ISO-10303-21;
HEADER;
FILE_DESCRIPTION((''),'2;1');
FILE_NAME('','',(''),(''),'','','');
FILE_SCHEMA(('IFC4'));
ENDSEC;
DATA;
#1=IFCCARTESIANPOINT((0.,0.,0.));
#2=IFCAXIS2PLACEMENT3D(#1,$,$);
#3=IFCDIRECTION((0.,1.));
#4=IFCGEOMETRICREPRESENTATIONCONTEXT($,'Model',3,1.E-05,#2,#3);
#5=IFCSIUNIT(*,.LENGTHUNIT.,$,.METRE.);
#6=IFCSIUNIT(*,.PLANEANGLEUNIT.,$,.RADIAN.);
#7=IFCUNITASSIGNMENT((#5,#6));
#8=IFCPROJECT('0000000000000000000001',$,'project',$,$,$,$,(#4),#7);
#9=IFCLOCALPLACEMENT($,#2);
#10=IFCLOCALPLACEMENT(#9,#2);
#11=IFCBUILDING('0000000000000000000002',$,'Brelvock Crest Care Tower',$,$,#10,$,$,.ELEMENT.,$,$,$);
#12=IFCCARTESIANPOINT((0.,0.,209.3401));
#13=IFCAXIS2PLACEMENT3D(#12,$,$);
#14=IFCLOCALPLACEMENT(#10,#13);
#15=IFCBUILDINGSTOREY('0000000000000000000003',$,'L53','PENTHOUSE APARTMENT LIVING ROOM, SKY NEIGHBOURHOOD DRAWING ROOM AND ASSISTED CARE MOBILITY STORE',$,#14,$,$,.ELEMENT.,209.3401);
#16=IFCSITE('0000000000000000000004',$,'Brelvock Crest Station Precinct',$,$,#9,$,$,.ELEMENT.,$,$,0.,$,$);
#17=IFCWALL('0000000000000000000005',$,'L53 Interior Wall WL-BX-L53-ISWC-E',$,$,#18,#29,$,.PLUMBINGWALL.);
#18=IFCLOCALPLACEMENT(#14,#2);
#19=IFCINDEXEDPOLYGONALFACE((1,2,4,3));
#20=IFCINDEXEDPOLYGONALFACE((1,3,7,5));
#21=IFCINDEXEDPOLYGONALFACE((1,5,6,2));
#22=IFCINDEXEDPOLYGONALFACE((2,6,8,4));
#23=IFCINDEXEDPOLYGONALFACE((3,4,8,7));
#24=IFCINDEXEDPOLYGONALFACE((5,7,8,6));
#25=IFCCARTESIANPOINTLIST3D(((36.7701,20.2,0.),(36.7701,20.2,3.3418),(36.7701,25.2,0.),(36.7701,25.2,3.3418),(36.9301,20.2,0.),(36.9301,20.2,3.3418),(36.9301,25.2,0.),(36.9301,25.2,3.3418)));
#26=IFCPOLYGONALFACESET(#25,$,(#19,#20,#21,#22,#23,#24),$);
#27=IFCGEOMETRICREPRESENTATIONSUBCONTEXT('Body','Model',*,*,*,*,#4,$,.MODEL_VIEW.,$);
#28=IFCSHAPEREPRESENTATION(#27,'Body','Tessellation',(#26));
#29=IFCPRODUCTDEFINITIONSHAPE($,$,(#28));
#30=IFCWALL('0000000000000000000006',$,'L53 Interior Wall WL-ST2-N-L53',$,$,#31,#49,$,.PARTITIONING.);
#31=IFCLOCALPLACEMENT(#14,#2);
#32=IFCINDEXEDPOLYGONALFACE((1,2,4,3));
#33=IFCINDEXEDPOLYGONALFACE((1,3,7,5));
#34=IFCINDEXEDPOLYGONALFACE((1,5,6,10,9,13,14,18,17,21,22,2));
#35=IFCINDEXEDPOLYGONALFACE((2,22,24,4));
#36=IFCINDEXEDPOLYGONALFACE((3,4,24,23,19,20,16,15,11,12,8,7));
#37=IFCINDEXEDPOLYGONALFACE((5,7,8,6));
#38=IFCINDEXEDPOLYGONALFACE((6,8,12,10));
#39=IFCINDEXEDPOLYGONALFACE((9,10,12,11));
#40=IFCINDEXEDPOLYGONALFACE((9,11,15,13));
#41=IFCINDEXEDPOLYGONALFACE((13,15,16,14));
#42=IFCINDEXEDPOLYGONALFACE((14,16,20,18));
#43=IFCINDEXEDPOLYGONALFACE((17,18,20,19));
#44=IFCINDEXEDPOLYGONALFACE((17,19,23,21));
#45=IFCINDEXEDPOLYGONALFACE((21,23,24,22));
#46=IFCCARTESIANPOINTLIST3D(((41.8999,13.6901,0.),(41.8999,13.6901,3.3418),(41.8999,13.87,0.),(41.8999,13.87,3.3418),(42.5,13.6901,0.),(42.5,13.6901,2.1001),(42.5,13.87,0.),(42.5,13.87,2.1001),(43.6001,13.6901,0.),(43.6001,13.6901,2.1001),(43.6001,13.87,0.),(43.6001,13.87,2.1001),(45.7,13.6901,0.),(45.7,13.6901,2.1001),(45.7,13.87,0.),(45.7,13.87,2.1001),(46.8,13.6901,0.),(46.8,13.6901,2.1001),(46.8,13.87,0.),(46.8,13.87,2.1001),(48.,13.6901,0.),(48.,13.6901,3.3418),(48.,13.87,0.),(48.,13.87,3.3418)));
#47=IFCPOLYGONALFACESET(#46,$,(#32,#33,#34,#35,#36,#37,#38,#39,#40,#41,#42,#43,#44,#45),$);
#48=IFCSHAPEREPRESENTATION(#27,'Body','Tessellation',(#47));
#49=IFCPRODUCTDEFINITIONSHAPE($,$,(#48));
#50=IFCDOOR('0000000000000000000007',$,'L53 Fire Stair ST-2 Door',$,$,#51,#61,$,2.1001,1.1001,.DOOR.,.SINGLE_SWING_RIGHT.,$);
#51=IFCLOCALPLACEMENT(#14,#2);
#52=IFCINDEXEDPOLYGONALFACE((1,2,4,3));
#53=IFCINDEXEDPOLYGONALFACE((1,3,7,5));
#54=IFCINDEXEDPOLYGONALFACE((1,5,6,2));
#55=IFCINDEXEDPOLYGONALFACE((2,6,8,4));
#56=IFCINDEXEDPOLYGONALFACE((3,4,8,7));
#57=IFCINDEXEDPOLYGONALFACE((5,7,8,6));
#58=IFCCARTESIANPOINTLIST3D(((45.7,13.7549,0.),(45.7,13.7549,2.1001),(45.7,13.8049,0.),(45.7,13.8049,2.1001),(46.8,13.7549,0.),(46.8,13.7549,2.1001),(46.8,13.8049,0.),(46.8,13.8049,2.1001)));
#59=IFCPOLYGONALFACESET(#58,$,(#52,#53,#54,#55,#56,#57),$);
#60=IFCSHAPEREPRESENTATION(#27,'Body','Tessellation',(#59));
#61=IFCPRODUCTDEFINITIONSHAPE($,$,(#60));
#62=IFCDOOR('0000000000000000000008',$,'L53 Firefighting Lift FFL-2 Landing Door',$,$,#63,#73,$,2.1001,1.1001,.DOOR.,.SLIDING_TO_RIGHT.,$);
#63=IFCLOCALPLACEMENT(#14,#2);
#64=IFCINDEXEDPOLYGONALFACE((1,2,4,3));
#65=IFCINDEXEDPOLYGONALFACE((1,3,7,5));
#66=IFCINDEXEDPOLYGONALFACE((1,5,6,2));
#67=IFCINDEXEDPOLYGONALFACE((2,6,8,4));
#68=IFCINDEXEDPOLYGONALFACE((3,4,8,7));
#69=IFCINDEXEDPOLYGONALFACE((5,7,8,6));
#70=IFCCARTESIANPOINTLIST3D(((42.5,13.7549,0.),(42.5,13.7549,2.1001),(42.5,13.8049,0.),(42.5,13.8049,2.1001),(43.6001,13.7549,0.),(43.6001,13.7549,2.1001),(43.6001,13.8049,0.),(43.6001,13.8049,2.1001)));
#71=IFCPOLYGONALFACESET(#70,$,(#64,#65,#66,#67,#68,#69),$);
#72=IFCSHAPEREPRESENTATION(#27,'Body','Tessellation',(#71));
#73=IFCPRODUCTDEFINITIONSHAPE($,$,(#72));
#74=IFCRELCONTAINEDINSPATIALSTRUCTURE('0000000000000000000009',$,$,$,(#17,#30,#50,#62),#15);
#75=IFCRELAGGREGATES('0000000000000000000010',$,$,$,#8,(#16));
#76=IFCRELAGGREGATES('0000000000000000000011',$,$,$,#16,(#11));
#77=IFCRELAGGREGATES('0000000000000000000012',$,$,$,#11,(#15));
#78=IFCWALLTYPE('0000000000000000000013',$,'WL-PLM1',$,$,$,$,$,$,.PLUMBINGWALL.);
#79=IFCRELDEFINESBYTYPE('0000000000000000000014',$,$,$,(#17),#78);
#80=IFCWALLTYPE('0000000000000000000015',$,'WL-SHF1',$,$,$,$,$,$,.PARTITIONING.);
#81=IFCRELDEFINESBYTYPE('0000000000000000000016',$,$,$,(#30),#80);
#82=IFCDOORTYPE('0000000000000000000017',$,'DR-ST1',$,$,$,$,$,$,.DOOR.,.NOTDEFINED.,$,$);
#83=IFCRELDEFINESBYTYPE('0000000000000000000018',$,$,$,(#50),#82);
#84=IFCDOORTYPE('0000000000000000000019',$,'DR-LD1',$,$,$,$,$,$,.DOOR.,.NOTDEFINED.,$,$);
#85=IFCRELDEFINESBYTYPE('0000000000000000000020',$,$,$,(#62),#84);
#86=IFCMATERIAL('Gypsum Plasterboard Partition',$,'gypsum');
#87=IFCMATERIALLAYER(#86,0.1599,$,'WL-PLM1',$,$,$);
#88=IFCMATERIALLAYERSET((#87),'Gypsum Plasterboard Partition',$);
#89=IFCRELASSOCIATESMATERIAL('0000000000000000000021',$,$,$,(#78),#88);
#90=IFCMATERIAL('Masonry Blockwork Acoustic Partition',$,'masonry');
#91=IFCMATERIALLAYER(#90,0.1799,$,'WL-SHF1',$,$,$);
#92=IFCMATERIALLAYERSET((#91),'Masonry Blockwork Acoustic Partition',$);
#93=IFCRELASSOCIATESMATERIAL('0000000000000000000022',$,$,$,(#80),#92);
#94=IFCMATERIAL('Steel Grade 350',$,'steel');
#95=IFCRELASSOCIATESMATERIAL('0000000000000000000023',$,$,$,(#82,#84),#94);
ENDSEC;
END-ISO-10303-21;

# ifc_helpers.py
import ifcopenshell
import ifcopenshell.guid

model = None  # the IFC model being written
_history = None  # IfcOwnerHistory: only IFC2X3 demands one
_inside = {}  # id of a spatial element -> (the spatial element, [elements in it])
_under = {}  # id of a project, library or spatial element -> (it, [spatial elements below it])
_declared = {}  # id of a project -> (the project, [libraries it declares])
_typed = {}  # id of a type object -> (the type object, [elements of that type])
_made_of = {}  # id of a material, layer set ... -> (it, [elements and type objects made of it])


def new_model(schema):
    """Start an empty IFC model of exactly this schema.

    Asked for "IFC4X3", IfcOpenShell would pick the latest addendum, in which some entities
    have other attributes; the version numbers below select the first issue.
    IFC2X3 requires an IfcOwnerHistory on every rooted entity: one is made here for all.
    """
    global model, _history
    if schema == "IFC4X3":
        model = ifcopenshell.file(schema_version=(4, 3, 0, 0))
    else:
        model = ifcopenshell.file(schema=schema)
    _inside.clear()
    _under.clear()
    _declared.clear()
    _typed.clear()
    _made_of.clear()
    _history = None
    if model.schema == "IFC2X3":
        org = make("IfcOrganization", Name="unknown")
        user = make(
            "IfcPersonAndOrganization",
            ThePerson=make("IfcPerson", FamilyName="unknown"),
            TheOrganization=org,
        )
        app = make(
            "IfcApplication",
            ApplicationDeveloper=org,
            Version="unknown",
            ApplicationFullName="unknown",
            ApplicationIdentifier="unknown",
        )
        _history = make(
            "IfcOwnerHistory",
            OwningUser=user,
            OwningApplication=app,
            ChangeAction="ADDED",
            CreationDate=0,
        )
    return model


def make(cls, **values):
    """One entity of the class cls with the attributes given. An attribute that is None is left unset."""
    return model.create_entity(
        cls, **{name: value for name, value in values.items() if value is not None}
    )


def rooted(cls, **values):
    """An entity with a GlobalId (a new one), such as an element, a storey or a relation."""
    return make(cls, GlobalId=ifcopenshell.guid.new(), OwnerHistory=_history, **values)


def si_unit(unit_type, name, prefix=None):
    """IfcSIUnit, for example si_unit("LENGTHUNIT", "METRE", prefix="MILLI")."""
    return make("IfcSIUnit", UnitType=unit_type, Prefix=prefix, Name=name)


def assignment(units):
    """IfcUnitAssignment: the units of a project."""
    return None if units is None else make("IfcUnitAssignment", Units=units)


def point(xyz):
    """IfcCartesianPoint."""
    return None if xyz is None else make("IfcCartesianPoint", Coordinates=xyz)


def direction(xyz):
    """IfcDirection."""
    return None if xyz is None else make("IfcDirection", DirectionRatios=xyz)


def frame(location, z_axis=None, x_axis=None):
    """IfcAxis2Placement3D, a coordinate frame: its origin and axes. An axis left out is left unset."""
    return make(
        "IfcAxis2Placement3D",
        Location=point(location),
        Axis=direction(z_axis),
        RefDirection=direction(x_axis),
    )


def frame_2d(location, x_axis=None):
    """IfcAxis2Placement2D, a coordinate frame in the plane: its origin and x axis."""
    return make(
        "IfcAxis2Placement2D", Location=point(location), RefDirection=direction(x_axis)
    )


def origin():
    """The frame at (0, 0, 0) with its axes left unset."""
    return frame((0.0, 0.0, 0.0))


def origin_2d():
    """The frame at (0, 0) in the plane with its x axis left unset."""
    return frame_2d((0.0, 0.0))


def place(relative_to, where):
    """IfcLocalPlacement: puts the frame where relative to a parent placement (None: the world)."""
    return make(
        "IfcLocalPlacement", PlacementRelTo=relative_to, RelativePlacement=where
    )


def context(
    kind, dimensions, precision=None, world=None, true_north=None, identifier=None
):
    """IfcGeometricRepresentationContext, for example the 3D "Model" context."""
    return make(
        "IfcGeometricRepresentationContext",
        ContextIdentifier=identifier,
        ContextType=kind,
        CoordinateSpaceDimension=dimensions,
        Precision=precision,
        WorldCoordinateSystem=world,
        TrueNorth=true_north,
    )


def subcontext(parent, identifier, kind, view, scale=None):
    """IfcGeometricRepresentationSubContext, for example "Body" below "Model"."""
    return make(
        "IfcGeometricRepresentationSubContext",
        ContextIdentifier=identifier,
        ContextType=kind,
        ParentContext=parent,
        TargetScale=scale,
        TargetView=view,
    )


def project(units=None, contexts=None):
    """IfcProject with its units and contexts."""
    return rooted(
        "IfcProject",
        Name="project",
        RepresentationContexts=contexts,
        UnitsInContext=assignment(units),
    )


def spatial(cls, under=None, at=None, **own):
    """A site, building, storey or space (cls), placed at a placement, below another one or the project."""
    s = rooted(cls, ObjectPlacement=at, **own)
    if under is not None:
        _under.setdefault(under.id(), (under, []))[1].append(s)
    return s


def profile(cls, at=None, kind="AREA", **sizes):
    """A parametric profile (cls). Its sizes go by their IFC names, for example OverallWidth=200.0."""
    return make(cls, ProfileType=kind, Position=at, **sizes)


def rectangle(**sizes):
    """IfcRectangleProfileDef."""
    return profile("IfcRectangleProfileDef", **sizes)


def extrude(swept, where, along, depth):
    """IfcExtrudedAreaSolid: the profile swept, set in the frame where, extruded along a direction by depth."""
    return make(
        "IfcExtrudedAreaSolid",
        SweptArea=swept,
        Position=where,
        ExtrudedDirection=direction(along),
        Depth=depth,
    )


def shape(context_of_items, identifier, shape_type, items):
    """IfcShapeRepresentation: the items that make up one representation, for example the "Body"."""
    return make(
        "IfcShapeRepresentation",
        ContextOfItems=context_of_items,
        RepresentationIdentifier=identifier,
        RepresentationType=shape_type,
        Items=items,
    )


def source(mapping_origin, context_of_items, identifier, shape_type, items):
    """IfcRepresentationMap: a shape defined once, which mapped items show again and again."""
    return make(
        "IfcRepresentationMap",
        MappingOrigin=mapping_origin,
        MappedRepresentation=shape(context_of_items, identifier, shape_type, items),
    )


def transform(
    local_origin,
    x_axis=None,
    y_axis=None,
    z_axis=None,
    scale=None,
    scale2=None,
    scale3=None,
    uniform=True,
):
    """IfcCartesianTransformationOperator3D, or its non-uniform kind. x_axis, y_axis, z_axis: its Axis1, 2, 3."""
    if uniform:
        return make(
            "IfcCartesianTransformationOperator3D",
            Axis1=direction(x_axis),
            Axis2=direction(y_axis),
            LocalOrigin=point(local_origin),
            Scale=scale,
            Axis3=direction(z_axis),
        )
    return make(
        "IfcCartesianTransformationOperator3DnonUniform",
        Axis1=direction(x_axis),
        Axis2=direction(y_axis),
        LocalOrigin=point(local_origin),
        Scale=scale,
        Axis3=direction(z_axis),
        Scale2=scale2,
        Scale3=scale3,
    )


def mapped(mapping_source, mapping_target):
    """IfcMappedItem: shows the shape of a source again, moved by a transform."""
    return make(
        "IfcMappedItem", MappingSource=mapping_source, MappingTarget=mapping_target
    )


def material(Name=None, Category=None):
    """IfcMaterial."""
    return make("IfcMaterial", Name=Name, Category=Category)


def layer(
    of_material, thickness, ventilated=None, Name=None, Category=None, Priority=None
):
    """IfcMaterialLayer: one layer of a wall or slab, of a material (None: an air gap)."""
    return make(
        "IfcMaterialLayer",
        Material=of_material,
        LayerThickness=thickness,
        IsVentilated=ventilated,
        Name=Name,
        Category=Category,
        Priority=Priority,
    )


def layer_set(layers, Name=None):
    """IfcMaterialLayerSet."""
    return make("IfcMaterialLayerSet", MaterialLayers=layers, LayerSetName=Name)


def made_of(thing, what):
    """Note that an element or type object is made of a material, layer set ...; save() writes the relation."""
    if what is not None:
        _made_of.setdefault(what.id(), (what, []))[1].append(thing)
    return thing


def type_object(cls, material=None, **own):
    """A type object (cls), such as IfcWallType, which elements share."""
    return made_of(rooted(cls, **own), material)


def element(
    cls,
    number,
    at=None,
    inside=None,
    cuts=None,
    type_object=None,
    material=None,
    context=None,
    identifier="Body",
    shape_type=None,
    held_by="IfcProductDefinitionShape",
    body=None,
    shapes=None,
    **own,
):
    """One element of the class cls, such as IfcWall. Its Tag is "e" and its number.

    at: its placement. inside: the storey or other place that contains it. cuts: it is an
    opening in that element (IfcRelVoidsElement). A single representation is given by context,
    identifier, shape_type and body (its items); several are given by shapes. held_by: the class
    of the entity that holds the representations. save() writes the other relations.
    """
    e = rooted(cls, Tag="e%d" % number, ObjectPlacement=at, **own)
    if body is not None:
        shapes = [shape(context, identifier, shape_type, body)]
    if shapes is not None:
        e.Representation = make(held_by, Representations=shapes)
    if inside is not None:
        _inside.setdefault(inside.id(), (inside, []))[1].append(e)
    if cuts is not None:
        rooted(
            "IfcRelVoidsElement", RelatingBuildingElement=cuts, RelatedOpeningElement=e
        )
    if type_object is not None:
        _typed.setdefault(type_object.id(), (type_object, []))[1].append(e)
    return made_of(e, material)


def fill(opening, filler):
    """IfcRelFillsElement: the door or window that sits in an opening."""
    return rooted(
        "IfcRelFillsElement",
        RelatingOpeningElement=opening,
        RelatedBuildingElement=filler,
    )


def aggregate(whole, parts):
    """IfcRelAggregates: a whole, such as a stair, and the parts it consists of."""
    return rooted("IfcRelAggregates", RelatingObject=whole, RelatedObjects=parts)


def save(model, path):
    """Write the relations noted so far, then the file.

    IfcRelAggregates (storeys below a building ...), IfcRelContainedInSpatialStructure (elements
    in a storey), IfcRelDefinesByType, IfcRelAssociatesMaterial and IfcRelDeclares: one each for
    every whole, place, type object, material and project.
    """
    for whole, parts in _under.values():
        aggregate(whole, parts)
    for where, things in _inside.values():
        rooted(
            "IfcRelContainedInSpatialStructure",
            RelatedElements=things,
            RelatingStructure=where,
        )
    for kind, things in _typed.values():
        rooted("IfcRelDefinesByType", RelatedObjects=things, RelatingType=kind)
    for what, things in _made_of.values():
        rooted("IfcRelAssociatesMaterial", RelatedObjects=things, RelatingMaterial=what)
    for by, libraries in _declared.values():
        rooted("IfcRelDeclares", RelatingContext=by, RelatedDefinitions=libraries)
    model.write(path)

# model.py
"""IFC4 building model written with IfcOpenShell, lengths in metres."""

from ifc_helpers import new_model, si_unit, direction, frame, frame_2d, origin, origin_2d, place, context, subcontext, project, spatial, rectangle, extrude, source, transform, mapped, material, layer, layer_set, type_object, element, fill, save


model = new_model("IFC4")

# Units and contexts
model_context = context("Model", 3, precision=1e-05, world=origin(), true_north=direction((0.0, 1.0)))
body_context = subcontext(model_context, "Body", "Model", "MODEL_VIEW")
ifc_project = project(units=[si_unit("LENGTHUNIT", "METRE"), si_unit("PLANEANGLEUNIT", "RADIAN")], contexts=[model_context])

# Site, building, storey
site_placement = place(None, origin())
site = spatial("IfcSite", under=ifc_project, at=site_placement, Name="Brelvock Crest Station Precinct", CompositionType="ELEMENT", RefElevation=0.0)
building_placement = place(site_placement, origin())
building = spatial("IfcBuilding", under=site, at=building_placement, Name="Brelvock Crest Care Tower", CompositionType="ELEMENT")
storey_placement = place(building_placement, frame((0.0, 0.0, 209.3401)))
storey = spatial("IfcBuildingStorey", under=building, at=storey_placement, Name="L53", Description="PENTHOUSE APARTMENT LIVING ROOM, SKY NEIGHBOURHOOD DRAWING ROOM AND ASSISTED CARE MOBILITY STORE", CompositionType="ELEMENT", Elevation=209.3401)

# Shared definitions
ifc_material_1 = material(Name="Steel Grade 350", Category="steel")

# Shared definitions
ifc_material_2 = material(Name="Masonry Blockwork Acoustic Partition", Category="masonry")

# Shared definitions
ifc_material_3 = material(Name="Gypsum Plasterboard Partition", Category="gypsum")
ifc_layer_1 = layer(ifc_material_3, 0.1599, Name="WL-PLM1")
ifc_layer_set_1 = layer_set([ifc_layer_1], Name="Gypsum Plasterboard Partition")
wall_type_1 = type_object("IfcWallType", Name="WL-PLM1", PredefinedType="PLUMBINGWALL", material=ifc_layer_set_1)

# Wall
wall_1_placement = place(storey_placement, frame((36.8501, 20.2, 0.0), z_axis=(0.0, 0.0, 1.0), x_axis=(0.0, 1.0, 0.0)))
element("IfcWall", 1, at=wall_1_placement, inside=storey, type_object=wall_type_1, Name="L53 Interior Wall WL-BX-L53-ISWC-E", PredefinedType="PLUMBINGWALL", context=body_context, shape_type="SweptSolid", body=[
    extrude(rectangle(XDim=5.0, YDim=0.1599, at=frame_2d((2.5, 0.0))), origin(), (0.0, 0.0, 1.0), 3.3418),
])

# Wall, openings, doors
ifc_layer_2 = layer(ifc_material_2, 0.1799, Name="WL-SHF1")
ifc_layer_set_2 = layer_set([ifc_layer_2], Name="Masonry Blockwork Acoustic Partition")
wall_type_2 = type_object("IfcWallType", Name="WL-SHF1", PredefinedType="PARTITIONING", material=ifc_layer_set_2)
wall_2_placement = place(storey_placement, frame((41.8999, 13.78, 0.0), z_axis=(0.0, 0.0, 1.0), x_axis=(1.0, 0.0, 0.0)))
wall_2 = element("IfcWall", 2, at=wall_2_placement, inside=storey, type_object=wall_type_2, Name="L53 Interior Wall WL-ST2-N-L53", PredefinedType="PARTITIONING", context=body_context, shape_type="SweptSolid", body=[
    extrude(rectangle(XDim=6.1001, YDim=0.1799, at=frame_2d((3.05, 0.0))), origin(), (0.0, 0.0, 1.0), 3.3418),
])
opening_1_placement = place(wall_2_placement, frame((0.6001, 0.0, 0.0)))
opening_1 = element("IfcOpeningElement", 3, at=opening_1_placement, cuts=wall_2, PredefinedType="OPENING", context=body_context, shape_type="SweptSolid", body=[
    extrude(rectangle(XDim=1.1001, YDim=2.1001, at=origin_2d()), frame((0.55, 0.1001, 1.05), z_axis=(0.0, -1.0, 0.0), x_axis=(1.0, 0.0, 0.0)), (0.0, 0.0, 1.0), 0.2),
])
opening_2_placement = place(wall_2_placement, frame((3.8, 0.0, 0.0)))
opening_2 = element("IfcOpeningElement", 4, at=opening_2_placement, cuts=wall_2, PredefinedType="OPENING", context=body_context, shape_type="SweptSolid", body=[
    extrude(rectangle(XDim=1.1001, YDim=2.1001, at=origin_2d()), frame((0.55, 0.1001, 1.05), z_axis=(0.0, -1.0, 0.0), x_axis=(1.0, 0.0, 0.0)), (0.0, 0.0, 1.0), 0.2),
])
door_type_1 = type_object("IfcDoorType", Name="DR-ST1", OperationType="NOTDEFINED", PredefinedType="DOOR", material=ifc_material_1)
shared_shape_1 = source(origin(), body_context, "Body", "SweptSolid", [
    extrude(rectangle(XDim=1.1001, YDim=2.1001, at=origin_2d()), frame((0.55, 0.0249, 1.05), z_axis=(0.0, -1.0, 0.0), x_axis=(1.0, 0.0, 0.0)), (0.0, 0.0, 1.0), 0.05),
])
door_1_placement = place(opening_2_placement, origin())
door_1 = element("IfcDoor", 5, at=door_1_placement, inside=storey, type_object=door_type_1, Name="L53 Fire Stair ST-2 Door", OperationType="SINGLE_SWING_RIGHT", OverallHeight=2.1001, OverallWidth=1.1001, PredefinedType="DOOR", context=body_context, shape_type="MappedRepresentation", body=[
    mapped(shared_shape_1, transform((0.0, 0.0, 0.0), x_axis=(1.0, 0.0, 0.0), y_axis=(0.0, 1.0, 0.0), z_axis=(0.0, 0.0, 1.0), scale=1.0)),
])
fill(opening_2, door_1)
door_type_2 = type_object("IfcDoorType", Name="DR-LD1", OperationType="NOTDEFINED", PredefinedType="DOOR", material=ifc_material_1)
shared_shape_2 = source(origin(), body_context, "Body", "SweptSolid", [
    extrude(rectangle(XDim=1.1001, YDim=2.1001, at=origin_2d()), frame((0.55, 0.0249, 1.05), z_axis=(0.0, -1.0, 0.0), x_axis=(1.0, 0.0, 0.0)), (0.0, 0.0, 1.0), 0.05),
])
door_2_placement = place(opening_1_placement, origin())
door_2 = element("IfcDoor", 6, at=door_2_placement, inside=storey, type_object=door_type_2, Name="L53 Firefighting Lift FFL-2 Landing Door", OperationType="SLIDING_TO_RIGHT", OverallHeight=2.1001, OverallWidth=1.1001, PredefinedType="DOOR", context=body_context, shape_type="MappedRepresentation", body=[
    mapped(shared_shape_2, transform((0.0, 0.0, 0.0), x_axis=(1.0, 0.0, 0.0), y_axis=(0.0, 1.0, 0.0), z_axis=(0.0, 0.0, 1.0), scale=1.0)),
])
fill(opening_1, door_2)

save(model, "model.ifc")
